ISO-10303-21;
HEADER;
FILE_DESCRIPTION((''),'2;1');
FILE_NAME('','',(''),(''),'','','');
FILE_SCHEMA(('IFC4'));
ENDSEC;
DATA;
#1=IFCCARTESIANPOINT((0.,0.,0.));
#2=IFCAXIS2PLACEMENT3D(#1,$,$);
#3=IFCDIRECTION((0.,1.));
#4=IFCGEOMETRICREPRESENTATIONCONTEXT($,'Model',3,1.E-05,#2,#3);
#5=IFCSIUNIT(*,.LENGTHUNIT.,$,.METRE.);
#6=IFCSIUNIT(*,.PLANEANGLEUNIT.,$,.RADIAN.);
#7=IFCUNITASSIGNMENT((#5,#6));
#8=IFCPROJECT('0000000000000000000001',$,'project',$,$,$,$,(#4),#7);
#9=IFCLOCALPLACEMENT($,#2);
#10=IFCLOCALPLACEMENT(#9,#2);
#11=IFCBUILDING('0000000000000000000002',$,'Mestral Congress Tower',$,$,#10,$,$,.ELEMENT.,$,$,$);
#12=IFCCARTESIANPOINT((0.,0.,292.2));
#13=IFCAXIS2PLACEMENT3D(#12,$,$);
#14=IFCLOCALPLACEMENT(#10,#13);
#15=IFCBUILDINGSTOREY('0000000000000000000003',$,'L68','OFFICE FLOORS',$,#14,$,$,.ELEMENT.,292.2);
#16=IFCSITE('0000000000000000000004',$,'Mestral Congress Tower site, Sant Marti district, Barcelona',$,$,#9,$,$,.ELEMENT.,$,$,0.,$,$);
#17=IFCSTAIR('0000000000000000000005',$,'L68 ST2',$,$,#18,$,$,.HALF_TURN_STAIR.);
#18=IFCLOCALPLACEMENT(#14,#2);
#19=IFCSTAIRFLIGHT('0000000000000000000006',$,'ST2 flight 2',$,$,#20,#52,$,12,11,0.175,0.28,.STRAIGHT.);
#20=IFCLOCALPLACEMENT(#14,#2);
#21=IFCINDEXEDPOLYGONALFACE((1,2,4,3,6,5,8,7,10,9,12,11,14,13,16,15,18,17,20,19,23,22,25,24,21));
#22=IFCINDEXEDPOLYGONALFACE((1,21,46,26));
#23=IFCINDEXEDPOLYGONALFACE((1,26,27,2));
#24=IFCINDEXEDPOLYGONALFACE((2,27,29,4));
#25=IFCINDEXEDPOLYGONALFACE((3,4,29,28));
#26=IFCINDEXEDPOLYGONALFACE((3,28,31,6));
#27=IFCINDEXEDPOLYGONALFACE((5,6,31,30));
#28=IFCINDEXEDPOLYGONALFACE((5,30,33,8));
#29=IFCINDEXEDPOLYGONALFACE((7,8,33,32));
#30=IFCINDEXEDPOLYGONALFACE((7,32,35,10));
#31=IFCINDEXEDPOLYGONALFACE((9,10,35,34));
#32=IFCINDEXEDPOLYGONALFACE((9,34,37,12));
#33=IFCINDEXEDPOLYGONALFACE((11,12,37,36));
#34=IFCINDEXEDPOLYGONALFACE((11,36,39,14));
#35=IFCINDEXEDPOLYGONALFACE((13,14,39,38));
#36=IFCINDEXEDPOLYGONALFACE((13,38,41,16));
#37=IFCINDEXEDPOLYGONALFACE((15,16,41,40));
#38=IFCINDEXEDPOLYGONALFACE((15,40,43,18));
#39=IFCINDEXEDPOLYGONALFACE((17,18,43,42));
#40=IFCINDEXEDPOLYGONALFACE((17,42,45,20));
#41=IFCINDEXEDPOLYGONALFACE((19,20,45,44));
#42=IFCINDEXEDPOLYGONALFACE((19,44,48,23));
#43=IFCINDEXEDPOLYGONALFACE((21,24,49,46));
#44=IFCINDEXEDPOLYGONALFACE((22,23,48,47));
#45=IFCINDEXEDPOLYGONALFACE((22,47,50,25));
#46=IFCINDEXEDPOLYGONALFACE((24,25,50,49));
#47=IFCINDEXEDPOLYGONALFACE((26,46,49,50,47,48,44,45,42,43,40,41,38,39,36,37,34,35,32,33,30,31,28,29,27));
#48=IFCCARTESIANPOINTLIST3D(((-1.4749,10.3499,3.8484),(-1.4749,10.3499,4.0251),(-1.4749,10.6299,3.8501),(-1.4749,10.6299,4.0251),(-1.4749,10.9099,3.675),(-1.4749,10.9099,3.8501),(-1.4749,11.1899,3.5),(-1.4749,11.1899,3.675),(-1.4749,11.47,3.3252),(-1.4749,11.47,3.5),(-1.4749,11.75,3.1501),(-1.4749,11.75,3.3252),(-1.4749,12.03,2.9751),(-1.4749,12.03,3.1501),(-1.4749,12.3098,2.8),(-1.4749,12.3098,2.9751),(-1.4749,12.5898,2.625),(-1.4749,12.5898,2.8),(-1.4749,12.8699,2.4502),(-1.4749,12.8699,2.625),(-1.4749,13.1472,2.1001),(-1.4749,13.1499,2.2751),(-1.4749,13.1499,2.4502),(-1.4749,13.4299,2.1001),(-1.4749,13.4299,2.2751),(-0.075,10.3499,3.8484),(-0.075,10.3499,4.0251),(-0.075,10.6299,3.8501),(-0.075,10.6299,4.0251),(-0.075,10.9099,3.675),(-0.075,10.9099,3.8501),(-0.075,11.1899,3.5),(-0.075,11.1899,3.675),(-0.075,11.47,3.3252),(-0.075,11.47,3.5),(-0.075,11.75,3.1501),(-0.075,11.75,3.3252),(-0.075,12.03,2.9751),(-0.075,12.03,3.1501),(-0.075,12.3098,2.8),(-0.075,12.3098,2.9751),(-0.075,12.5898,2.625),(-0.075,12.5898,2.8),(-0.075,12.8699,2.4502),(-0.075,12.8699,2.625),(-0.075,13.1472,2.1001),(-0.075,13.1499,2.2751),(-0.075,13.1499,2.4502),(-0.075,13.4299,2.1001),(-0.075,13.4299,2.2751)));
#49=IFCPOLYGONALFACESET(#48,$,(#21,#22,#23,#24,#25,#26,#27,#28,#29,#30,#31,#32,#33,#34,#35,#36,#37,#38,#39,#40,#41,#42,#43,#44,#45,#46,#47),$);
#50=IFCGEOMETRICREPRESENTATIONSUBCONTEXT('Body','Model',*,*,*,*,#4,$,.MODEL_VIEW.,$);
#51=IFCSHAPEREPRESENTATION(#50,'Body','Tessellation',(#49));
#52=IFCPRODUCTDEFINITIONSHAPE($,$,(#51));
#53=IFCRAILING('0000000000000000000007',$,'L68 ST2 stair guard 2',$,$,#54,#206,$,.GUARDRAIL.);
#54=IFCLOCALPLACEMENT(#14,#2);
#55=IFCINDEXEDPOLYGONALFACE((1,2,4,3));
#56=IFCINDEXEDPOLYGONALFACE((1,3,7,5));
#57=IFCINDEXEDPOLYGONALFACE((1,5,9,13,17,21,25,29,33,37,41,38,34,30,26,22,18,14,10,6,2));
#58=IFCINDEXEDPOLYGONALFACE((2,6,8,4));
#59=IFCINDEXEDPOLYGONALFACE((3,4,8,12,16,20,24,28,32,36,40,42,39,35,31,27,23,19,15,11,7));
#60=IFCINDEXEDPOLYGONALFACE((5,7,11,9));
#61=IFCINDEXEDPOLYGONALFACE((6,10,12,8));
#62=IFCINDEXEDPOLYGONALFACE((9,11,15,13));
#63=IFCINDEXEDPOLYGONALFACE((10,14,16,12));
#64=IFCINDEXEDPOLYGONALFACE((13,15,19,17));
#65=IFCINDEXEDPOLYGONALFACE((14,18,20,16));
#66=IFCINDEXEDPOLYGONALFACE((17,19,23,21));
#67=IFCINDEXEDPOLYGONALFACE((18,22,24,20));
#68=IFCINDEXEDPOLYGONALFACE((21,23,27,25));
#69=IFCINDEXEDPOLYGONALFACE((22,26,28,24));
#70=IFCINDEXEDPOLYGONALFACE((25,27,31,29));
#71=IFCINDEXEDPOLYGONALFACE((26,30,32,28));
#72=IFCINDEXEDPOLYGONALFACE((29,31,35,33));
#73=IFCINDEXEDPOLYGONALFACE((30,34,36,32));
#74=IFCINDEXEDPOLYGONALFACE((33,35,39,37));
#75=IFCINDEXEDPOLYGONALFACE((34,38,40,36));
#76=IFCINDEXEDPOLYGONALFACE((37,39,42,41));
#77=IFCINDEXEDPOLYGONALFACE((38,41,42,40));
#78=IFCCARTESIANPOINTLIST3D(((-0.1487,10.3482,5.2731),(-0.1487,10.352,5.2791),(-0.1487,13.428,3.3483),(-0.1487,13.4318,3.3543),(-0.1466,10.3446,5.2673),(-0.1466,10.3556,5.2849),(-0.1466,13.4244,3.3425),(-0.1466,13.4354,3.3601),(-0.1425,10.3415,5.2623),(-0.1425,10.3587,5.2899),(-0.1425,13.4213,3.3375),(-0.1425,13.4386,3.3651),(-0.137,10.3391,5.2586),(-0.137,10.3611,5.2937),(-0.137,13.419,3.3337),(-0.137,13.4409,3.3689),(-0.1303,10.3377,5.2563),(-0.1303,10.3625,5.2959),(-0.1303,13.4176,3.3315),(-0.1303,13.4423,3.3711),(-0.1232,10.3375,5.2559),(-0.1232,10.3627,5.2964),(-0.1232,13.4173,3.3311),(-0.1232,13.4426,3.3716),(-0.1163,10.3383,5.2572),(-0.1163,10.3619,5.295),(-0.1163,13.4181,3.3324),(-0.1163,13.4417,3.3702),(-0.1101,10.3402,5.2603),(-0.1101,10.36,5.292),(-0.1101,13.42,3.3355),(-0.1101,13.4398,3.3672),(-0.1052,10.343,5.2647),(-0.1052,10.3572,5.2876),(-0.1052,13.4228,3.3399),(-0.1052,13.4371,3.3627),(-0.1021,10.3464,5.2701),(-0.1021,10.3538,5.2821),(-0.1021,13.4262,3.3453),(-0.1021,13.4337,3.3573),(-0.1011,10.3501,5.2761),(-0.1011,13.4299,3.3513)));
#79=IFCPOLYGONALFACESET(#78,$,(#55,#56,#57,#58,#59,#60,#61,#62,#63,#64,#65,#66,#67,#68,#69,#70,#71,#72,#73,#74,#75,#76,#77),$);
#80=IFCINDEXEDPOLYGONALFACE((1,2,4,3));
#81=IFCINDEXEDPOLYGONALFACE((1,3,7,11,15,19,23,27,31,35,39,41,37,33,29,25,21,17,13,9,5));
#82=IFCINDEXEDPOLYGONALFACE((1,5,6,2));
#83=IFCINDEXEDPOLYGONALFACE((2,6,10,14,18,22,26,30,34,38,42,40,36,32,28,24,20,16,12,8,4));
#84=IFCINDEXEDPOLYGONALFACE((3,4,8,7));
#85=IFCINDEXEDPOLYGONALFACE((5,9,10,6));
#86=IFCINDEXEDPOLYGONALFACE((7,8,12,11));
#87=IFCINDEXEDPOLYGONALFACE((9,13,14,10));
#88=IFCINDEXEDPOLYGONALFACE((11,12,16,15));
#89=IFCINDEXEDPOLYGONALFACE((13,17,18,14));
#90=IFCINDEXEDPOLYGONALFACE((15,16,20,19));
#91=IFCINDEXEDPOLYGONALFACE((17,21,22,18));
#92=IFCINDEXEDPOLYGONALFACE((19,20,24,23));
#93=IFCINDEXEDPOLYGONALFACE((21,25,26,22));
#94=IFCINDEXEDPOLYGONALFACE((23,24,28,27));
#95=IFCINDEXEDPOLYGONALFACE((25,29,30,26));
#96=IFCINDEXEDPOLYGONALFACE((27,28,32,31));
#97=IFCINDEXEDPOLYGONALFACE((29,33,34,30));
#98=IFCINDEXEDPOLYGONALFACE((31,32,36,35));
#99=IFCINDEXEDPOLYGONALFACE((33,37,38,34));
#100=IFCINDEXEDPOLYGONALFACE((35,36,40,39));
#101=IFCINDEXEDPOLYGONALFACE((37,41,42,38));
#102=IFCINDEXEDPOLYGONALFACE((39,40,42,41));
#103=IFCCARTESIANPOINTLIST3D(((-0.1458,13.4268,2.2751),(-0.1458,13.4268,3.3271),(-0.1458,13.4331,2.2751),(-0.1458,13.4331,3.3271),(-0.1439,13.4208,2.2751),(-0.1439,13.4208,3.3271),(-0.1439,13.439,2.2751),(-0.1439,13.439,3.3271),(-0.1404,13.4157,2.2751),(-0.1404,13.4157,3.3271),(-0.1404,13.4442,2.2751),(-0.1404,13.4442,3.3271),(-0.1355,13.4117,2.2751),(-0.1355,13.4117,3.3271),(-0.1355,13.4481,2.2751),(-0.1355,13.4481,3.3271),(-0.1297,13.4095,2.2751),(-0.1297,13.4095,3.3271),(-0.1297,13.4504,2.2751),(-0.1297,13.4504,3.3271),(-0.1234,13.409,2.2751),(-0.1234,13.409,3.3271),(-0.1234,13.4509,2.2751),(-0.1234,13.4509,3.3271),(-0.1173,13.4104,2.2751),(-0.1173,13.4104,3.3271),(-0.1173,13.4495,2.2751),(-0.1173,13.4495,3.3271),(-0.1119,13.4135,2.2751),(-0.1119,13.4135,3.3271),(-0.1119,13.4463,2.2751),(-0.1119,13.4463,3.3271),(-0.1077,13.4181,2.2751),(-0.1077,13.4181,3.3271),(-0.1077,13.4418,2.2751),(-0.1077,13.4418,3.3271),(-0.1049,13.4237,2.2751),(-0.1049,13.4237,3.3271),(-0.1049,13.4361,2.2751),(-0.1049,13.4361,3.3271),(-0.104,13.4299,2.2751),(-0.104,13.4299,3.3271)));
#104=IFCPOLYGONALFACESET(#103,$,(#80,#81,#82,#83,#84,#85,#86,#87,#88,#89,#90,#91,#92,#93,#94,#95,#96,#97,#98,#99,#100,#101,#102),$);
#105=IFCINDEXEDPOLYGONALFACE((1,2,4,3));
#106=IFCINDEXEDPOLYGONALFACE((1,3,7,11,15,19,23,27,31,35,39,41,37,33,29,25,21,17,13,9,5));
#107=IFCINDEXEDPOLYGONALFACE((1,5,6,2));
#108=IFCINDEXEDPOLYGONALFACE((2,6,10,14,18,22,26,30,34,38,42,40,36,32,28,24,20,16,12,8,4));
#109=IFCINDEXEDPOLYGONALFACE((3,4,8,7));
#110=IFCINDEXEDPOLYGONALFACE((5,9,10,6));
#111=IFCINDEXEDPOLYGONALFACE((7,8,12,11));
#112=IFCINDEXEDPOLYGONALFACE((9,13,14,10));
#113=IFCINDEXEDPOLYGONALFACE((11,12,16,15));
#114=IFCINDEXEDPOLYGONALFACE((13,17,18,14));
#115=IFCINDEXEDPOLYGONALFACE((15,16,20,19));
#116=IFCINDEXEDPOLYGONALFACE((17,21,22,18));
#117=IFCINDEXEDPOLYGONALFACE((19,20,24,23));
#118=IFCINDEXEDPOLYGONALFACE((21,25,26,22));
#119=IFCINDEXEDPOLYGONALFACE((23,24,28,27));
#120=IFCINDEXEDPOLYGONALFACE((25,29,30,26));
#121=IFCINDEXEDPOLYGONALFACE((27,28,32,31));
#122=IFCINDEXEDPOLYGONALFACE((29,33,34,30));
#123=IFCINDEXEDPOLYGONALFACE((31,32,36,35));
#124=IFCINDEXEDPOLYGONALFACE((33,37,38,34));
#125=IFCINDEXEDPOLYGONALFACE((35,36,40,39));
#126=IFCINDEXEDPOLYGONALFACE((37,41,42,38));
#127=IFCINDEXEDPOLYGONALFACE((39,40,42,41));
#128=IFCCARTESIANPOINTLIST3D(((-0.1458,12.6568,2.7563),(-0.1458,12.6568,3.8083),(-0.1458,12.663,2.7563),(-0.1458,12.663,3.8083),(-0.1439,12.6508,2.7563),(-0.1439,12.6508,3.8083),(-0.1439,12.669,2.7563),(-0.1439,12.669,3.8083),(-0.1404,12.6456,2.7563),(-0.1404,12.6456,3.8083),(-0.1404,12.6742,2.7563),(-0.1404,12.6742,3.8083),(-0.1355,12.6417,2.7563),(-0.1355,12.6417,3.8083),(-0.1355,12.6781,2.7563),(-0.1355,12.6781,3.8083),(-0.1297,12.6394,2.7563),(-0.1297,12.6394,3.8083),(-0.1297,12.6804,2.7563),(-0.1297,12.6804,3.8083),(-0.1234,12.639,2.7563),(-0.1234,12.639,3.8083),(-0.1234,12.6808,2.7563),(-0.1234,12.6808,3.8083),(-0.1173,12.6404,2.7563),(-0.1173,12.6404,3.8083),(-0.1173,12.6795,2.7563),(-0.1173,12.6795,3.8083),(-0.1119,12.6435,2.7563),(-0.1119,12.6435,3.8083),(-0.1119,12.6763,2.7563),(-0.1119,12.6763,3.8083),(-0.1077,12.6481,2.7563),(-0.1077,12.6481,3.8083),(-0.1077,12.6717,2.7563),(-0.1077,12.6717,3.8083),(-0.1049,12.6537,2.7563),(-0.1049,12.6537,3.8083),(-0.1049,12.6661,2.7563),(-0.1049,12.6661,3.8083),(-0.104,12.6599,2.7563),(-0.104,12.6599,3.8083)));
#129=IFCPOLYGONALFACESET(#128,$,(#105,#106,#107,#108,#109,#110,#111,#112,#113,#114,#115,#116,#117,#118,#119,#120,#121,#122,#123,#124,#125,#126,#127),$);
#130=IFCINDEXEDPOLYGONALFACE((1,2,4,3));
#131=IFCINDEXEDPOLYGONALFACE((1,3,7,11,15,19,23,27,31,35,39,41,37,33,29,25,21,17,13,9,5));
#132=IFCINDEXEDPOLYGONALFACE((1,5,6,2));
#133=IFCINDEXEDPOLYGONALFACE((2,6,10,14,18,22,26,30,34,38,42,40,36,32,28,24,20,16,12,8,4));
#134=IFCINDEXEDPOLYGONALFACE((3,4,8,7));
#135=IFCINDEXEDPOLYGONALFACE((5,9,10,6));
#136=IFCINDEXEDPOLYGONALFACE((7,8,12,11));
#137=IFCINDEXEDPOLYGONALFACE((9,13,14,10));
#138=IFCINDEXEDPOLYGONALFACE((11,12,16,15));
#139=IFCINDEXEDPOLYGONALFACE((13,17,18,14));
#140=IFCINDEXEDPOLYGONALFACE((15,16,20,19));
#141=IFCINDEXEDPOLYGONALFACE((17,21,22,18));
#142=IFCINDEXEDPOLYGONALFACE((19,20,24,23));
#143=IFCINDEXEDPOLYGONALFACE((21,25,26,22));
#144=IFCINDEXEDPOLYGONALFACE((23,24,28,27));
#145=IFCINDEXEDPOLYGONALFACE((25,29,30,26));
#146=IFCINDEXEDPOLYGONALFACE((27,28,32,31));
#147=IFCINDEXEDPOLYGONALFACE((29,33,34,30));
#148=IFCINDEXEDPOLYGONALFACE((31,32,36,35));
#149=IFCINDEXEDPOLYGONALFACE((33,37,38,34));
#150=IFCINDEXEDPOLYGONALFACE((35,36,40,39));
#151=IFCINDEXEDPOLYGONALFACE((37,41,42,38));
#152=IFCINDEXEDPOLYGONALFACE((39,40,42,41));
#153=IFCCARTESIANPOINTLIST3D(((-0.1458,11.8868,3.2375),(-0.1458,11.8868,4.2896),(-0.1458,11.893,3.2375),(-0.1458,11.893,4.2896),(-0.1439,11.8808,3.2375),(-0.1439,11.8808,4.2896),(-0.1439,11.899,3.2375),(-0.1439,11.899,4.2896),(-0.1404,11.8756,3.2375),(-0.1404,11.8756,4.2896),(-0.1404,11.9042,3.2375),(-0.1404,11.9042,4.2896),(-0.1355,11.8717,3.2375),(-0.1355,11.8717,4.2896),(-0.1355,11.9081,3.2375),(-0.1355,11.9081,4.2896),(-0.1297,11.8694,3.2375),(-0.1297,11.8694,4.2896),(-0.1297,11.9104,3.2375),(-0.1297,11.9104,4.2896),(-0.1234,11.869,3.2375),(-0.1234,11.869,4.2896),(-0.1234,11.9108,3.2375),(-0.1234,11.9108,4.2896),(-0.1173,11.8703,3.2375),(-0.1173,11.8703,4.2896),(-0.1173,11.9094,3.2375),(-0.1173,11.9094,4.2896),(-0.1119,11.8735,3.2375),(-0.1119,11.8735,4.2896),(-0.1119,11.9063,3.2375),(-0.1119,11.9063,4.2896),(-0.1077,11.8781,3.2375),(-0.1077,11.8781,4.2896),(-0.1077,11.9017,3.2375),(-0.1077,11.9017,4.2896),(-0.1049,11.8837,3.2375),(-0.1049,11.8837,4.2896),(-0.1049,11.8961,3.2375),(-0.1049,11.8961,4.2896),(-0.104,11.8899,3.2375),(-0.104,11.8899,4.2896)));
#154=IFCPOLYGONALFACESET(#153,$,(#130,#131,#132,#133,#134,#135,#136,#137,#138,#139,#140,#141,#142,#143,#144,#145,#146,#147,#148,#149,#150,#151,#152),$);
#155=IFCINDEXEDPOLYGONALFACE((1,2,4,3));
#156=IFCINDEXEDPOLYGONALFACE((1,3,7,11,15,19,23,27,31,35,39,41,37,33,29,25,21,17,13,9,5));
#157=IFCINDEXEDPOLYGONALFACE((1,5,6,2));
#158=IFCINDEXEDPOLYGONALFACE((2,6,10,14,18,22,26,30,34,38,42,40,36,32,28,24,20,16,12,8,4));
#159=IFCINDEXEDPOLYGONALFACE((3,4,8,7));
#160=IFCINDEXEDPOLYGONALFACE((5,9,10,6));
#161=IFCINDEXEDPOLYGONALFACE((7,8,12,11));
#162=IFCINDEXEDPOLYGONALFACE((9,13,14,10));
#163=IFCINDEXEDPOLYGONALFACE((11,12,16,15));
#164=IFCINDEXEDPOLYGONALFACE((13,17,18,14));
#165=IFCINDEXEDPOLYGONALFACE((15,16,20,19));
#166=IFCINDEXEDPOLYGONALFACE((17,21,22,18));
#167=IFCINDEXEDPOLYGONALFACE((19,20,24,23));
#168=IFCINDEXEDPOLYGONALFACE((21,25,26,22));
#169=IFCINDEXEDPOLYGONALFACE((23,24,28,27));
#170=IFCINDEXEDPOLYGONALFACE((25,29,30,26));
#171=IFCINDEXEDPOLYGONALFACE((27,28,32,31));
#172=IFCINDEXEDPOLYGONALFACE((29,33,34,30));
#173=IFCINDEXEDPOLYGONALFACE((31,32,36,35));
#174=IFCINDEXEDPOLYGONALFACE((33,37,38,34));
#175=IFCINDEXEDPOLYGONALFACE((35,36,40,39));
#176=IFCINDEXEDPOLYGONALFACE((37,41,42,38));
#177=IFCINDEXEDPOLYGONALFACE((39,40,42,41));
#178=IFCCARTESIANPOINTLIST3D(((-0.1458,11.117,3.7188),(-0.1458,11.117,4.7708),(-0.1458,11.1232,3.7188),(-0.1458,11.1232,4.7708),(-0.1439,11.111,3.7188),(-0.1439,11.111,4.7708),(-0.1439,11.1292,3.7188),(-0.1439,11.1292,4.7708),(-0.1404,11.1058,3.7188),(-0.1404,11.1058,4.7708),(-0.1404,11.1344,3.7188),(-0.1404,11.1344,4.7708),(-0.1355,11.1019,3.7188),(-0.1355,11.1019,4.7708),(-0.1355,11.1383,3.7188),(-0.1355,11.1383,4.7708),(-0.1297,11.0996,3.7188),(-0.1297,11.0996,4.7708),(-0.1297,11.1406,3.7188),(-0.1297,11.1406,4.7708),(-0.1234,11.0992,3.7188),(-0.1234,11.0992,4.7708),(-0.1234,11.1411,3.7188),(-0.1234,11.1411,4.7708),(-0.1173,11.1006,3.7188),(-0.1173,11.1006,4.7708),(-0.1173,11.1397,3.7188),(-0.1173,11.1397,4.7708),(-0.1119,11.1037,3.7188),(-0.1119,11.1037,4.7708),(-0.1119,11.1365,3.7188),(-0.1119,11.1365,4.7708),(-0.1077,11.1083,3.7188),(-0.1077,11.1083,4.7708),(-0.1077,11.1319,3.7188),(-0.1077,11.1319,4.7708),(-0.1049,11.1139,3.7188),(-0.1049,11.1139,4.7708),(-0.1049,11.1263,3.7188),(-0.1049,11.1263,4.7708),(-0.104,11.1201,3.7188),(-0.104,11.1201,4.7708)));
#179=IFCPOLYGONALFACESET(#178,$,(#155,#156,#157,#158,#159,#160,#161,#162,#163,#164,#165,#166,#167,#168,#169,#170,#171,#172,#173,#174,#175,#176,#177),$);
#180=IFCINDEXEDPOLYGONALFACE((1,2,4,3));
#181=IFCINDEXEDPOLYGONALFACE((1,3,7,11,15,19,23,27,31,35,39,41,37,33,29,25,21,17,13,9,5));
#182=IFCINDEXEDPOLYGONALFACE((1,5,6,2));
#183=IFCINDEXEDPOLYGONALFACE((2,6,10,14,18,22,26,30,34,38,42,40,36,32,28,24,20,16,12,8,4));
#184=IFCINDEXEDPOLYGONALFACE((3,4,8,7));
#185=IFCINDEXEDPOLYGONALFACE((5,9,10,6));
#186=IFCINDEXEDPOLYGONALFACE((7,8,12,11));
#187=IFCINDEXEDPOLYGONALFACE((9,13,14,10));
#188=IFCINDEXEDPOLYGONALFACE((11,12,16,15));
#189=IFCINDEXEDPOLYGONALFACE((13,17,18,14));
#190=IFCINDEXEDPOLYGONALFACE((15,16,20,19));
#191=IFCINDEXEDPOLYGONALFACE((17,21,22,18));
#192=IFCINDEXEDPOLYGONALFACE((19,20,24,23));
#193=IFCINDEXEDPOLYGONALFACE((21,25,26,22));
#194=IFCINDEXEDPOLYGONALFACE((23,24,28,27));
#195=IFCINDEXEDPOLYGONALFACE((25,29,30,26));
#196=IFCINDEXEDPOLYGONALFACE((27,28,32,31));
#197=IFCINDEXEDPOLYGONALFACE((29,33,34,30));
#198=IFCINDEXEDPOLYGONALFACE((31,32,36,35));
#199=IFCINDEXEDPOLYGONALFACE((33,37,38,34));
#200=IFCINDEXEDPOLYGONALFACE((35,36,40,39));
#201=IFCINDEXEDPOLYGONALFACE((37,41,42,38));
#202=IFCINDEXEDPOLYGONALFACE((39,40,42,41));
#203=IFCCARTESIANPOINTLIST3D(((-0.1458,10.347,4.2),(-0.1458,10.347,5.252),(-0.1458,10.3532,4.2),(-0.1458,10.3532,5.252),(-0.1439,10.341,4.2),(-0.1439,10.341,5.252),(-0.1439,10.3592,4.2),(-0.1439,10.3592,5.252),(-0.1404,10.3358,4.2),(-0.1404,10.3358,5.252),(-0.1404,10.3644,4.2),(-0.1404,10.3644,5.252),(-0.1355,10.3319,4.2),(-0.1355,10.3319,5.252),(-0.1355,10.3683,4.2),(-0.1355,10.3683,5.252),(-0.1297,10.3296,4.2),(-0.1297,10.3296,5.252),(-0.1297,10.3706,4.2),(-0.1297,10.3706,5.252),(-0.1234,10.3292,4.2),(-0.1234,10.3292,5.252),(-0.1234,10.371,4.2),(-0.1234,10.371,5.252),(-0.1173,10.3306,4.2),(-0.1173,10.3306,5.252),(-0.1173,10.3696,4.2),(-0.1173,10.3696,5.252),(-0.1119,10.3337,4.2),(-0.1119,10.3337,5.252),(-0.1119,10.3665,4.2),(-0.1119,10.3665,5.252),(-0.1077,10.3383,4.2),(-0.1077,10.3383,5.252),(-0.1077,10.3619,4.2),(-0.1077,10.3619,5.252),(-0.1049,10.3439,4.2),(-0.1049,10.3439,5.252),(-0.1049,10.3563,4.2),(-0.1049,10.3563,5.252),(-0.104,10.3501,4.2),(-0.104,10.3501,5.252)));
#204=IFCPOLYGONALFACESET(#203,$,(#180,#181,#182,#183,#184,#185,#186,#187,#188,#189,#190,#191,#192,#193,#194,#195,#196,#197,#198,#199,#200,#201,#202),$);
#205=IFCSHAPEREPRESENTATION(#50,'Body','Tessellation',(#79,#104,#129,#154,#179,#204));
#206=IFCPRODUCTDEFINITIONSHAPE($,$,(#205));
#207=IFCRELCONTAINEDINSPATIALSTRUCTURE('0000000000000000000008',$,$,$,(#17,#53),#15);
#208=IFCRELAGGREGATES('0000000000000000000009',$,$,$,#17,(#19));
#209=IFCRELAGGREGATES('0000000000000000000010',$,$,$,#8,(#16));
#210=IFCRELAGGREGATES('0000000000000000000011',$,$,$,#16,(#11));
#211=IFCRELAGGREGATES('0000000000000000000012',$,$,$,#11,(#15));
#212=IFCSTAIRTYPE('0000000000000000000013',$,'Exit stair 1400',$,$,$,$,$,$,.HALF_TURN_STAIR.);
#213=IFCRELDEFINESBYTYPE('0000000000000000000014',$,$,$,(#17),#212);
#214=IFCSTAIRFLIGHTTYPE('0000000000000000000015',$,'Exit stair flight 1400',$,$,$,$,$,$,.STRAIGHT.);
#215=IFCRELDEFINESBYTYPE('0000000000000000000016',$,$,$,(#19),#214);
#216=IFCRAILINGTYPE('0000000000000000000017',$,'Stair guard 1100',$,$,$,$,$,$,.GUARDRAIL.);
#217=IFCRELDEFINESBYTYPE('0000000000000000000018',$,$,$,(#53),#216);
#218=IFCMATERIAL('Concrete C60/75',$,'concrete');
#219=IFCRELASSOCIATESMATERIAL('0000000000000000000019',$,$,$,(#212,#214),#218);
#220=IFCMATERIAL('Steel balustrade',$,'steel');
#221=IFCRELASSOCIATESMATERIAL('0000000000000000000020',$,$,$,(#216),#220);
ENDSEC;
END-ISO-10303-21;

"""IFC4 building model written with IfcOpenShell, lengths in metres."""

from ifc_helpers import new_model, si_unit, direction, frame, origin, origin_2d, place, context, subcontext, project, spatial, polyline, circle, outline, extrude, material, type_object, element, aggregate, save


model = new_model("IFC4")

# Units and contexts
model_context = context("Model", 3, precision=1e-05, world=origin(), true_north=direction((0.0, 1.0)))
body_context = subcontext(model_context, "Body", "Model", "MODEL_VIEW")
ifc_project = project(units=[si_unit("LENGTHUNIT", "METRE"), si_unit("PLANEANGLEUNIT", "RADIAN")], contexts=[model_context])

# Site, building, storey
site_placement = place(None, origin())
site = spatial("IfcSite", under=ifc_project, at=site_placement, Name="Mestral Congress Tower site, Sant Marti district, Barcelona", CompositionType="ELEMENT", RefElevation=0.0)
building_placement = place(site_placement, origin())
building = spatial("IfcBuilding", under=site, at=building_placement, Name="Mestral Congress Tower", CompositionType="ELEMENT")
storey_placement = place(building_placement, frame((0.0, 0.0, 292.2)))
storey = spatial("IfcBuildingStorey", under=building, at=storey_placement, Name="L68", Description="OFFICE FLOORS", CompositionType="ELEMENT", Elevation=292.2)

# Shared definitions
ifc_material_1 = material(Name="Concrete C60/75", Category="concrete")

# Stair, stair flight
stair_type = type_object("IfcStairType", Name="Exit stair 1400", PredefinedType="HALF_TURN_STAIR", material=ifc_material_1)
stair_placement = place(storey_placement, origin())
stair = element("IfcStair", 1, at=stair_placement, inside=storey, type_object=stair_type, Name="L68 ST2", PredefinedType="HALF_TURN_STAIR")
stair_flight_type = type_object("IfcStairFlightType", Name="Exit stair flight 1400", PredefinedType="STRAIGHT", material=ifc_material_1)
stair_flight_placement = place(storey_placement, frame((-0.7749, 13.4299, 2.1001), z_axis=(0.0, 0.0, 1.0), x_axis=(0.0, -1.0, 0.0)))
stair_flight = element("IfcStairFlight", 2, at=stair_flight_placement, type_object=stair_flight_type, Name="ST2 flight 2", NumberOfRisers=12, NumberOfTreads=11, PredefinedType="STRAIGHT", RiserHeight=0.175, TreadLength=0.28, context=body_context, shape_type="SweptSolid", body=[
    extrude(outline(polyline([(0.0, 0.0), (0.0, 0.175), (0.28, 0.175), (0.28, 0.3501), (0.5601, 0.3501), (0.5601, 0.5249), (0.8401, 0.5249), (0.8401, 0.7), (1.1201, 0.7), (1.1201, 0.875), (1.3999, 0.875), (1.3999, 1.05), (1.6799, 1.05), (1.6799, 1.2251), (1.96, 1.2251), (1.96, 1.3999), (2.24, 1.3999), (2.24, 1.575), (2.52, 1.575), (2.52, 1.75), (2.8, 1.75), (2.8, 1.925), (3.0801, 1.925), (3.0801, 2.1001), (3.0801, 1.7483), (0.2827, 0.0), (0.0, 0.0)])), frame((0.0, 0.7, 0.0), z_axis=(0.0, -1.0, 0.0), x_axis=(1.0, 0.0, 0.0)), (0.0, 0.0, 1.0), 1.3999),
])
aggregate(stair, [stair_flight])

# Railing
ifc_material_2 = material(Name="Steel balustrade", Category="steel")
railing_type = type_object("IfcRailingType", Name="Stair guard 1100", PredefinedType="GUARDRAIL", material=ifc_material_2)
railing_placement = place(storey_placement, frame((-0.125, 13.4299, 2.2751)))
element("IfcRailing", 3, at=railing_placement, inside=storey, type_object=railing_type, Name="L68 ST2 stair guard 2", PredefinedType="GUARDRAIL", context=body_context, shape_type="SweptSolid", body=[
    extrude(circle(Radius=0.0239, at=origin_2d()), frame((0.0, 0.0, 1.0762), z_axis=(0.0, -0.84801, 0.529981), x_axis=(1.0, 0.0, 0.0)), (0.0, 0.0, 1.0), 3.6318),
    extrude(circle(Radius=0.021, at=origin_2d()), origin(), (0.0, 0.0, 1.0), 1.052),
    extrude(circle(Radius=0.021, at=origin_2d()), frame((0.0, -0.77, 0.4812)), (0.0, 0.0, 1.0), 1.052),
    extrude(circle(Radius=0.021, at=origin_2d()), frame((0.0, -1.54, 0.9624)), (0.0, 0.0, 1.0), 1.052),
    extrude(circle(Radius=0.021, at=origin_2d()), frame((0.0, -2.3098, 1.4436)), (0.0, 0.0, 1.0), 1.052),
    extrude(circle(Radius=0.021, at=origin_2d()), frame((0.0, -3.0798, 1.9248)), (0.0, 0.0, 1.0), 1.052),
])

save(model, "model.ifc")
